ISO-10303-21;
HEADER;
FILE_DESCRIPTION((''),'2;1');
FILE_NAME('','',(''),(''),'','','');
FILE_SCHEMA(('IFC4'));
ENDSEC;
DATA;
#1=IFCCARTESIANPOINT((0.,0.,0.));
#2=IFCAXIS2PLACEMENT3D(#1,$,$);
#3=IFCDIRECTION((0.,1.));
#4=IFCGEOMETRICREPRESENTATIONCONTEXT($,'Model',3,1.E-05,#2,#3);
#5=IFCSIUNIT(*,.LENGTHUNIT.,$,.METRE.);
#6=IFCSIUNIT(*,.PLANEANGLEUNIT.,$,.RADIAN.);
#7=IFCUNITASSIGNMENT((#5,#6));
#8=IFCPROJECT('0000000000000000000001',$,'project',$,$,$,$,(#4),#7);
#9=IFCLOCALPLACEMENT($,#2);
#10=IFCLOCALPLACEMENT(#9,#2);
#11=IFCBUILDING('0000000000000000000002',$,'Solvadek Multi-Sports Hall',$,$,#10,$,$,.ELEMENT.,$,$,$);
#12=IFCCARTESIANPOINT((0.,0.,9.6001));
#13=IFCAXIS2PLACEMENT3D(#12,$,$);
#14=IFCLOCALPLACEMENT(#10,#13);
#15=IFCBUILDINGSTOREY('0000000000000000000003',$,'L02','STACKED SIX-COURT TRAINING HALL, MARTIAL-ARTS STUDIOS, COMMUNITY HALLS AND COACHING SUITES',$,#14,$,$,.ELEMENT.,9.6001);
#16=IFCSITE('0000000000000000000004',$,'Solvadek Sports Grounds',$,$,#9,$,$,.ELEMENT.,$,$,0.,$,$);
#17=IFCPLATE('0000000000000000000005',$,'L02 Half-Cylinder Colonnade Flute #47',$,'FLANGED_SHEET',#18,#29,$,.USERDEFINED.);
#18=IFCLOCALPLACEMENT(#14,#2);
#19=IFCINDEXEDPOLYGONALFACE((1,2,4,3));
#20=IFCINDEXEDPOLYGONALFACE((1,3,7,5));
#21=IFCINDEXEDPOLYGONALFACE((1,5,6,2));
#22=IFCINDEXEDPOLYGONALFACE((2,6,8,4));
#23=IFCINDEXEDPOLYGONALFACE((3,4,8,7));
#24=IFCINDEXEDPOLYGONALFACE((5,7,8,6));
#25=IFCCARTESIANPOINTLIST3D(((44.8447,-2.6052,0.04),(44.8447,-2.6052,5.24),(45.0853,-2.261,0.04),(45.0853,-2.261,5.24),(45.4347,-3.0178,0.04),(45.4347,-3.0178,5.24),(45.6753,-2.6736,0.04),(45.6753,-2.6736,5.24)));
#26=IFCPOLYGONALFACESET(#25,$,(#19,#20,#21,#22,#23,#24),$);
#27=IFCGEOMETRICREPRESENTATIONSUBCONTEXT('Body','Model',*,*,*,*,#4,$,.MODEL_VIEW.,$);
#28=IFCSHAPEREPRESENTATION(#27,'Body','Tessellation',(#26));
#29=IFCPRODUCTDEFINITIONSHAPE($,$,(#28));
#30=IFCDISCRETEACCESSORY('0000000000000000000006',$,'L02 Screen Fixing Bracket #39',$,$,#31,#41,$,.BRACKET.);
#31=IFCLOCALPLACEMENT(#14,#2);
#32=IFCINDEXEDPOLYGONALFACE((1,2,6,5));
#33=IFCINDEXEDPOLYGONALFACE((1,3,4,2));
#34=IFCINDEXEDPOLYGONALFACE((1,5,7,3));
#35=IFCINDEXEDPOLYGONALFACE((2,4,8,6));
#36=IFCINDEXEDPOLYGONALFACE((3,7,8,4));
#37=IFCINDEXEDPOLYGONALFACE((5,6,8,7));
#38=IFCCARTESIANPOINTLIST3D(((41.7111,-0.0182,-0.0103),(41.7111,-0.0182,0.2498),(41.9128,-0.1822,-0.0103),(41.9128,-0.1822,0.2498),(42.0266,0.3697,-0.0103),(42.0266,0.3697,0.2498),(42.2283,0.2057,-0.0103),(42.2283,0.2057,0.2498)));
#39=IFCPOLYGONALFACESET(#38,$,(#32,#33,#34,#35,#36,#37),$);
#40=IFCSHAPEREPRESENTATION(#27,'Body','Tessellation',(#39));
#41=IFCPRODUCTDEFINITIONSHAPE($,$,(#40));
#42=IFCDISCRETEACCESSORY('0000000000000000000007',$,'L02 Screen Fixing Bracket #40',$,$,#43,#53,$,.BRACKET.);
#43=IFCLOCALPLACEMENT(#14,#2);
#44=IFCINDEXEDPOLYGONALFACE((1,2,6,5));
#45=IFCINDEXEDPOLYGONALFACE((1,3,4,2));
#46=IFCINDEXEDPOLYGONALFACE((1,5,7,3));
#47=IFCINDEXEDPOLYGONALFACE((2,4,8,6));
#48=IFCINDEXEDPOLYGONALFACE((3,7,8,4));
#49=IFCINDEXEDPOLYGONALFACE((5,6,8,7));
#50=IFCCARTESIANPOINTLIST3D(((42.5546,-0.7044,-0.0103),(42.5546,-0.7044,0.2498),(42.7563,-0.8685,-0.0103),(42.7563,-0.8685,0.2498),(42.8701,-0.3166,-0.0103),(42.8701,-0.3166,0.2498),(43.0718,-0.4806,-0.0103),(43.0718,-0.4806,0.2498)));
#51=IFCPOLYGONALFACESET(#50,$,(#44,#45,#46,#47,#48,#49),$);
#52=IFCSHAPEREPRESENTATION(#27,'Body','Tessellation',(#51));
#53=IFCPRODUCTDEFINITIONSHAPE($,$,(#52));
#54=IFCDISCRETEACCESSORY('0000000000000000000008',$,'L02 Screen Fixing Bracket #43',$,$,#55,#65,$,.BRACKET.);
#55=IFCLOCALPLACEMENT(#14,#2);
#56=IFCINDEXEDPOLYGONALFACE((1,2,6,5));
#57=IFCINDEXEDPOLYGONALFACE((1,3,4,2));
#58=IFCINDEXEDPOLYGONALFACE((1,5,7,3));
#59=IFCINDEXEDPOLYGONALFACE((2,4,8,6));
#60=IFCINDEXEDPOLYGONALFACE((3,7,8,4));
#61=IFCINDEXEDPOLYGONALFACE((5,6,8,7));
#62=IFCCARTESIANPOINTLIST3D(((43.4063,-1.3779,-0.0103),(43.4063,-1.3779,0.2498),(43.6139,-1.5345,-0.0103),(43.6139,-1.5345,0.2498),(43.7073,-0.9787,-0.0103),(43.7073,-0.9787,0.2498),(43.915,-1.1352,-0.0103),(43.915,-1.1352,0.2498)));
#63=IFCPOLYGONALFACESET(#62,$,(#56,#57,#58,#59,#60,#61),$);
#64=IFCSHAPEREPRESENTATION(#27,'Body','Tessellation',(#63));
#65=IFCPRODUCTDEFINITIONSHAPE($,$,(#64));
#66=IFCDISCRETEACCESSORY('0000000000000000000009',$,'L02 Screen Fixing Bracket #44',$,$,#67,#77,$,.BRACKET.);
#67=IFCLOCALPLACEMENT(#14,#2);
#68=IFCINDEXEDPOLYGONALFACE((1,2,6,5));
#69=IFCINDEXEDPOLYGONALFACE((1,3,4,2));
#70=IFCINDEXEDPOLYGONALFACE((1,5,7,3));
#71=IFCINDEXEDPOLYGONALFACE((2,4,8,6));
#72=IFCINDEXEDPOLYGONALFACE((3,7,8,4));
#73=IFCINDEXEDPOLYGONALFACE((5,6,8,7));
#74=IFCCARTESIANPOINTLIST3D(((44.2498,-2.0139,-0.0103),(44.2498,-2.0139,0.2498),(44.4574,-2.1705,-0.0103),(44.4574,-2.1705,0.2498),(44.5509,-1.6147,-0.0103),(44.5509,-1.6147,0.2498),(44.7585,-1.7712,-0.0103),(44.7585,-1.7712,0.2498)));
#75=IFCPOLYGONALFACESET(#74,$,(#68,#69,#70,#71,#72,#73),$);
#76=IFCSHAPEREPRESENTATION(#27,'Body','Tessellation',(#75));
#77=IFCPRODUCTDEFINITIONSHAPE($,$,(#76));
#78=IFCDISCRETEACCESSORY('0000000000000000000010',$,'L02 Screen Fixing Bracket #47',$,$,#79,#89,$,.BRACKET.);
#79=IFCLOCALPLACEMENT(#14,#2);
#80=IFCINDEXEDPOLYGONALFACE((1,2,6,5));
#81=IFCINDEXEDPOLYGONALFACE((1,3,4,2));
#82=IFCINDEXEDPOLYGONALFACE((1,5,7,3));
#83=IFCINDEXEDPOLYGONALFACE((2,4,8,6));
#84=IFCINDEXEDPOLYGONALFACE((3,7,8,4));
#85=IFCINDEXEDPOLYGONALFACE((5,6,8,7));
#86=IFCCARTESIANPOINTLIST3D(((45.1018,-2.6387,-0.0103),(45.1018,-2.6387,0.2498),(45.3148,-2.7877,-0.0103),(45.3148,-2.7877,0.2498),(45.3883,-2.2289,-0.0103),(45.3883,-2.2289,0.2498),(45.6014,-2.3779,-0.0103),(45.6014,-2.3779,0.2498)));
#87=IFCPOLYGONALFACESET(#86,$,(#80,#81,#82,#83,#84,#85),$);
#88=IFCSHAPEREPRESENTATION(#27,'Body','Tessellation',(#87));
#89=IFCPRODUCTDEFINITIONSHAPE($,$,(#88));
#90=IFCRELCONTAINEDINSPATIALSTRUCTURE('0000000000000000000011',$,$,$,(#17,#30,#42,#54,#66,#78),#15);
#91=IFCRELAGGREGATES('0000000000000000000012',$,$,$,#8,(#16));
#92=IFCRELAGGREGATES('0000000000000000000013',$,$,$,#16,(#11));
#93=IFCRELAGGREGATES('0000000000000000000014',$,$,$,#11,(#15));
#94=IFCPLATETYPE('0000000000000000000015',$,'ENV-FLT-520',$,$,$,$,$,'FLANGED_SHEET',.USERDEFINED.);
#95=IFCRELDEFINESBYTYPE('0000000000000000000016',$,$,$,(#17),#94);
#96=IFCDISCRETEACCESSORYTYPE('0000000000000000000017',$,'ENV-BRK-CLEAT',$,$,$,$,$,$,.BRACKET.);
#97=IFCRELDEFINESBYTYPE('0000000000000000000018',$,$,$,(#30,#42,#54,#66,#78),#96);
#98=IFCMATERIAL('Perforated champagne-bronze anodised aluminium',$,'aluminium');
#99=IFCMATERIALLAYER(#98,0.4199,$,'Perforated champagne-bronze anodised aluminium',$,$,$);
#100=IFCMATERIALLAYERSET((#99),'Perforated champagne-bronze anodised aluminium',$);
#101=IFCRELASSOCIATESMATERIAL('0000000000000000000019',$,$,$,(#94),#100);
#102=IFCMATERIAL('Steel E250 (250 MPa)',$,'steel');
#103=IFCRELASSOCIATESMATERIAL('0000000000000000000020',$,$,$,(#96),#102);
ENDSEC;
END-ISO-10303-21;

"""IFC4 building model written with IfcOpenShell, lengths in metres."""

from ifc_helpers import new_model, si_unit, direction, frame, origin, origin_2d, place, context, subcontext, project, spatial, rectangle, extrude, material, layer, layer_set, type_object, element, save


model = new_model("IFC4")

# Units and contexts
model_context = context("Model", 3, precision=1e-05, world=origin(), true_north=direction((0.0, 1.0)))
body_context = subcontext(model_context, "Body", "Model", "MODEL_VIEW")
ifc_project = project(units=[si_unit("LENGTHUNIT", "METRE"), si_unit("PLANEANGLEUNIT", "RADIAN")], contexts=[model_context])

# Site, building, storey
site_placement = place(None, origin())
site = spatial("IfcSite", under=ifc_project, at=site_placement, Name="Solvadek Sports Grounds", CompositionType="ELEMENT", RefElevation=0.0)
building_placement = place(site_placement, origin())
building = spatial("IfcBuilding", under=site, at=building_placement, Name="Solvadek Multi-Sports Hall", CompositionType="ELEMENT")
storey_placement = place(building_placement, frame((0.0, 0.0, 9.6001)))
storey = spatial("IfcBuildingStorey", under=building, at=storey_placement, Name="L02", Description="STACKED SIX-COURT TRAINING HALL, MARTIAL-ARTS STUDIOS, COMMUNITY HALLS AND COACHING SUITES", CompositionType="ELEMENT", Elevation=9.6001)

# Plate
ifc_material_1 = material(Name="Perforated champagne-bronze anodised aluminium", Category="aluminium")
ifc_layer_1 = layer(ifc_material_1, 0.4199, Name="Perforated champagne-bronze anodised aluminium")
ifc_layer_set_1 = layer_set([ifc_layer_1], Name="Perforated champagne-bronze anodised aluminium")
plate_type_1 = type_object("IfcPlateType", Name="ENV-FLT-520", ElementType="FLANGED_SHEET", PredefinedType="USERDEFINED", material=ifc_layer_set_1)
for number, where, z_axis, x_axis, name in (
    (1, (45.26, -2.6394, 0.04), (0.0, 0.0, 1.0), (0.819513, -0.573061, 0.0), "L02 Half-Cylinder Colonnade Flute #47"),
):
    element("IfcPlate", number, at=place(storey_placement, frame(where, z_axis=z_axis, x_axis=x_axis)), inside=storey, type_object=plate_type_1, Name=name, ObjectType="FLANGED_SHEET", PredefinedType="USERDEFINED", context=body_context, shape_type="SweptSolid", body=[
        extrude(rectangle(XDim=0.72, YDim=0.4199, at=origin_2d()), origin(), (0.0, 0.0, 1.0), 5.2),
    ])

# Discrete accessories
ifc_material_2 = material(Name="Steel E250 (250 MPa)", Category="steel")
discrete_accessory_type = type_object("IfcDiscreteAccessoryType", Name="ENV-BRK-CLEAT", PredefinedType="BRACKET", material=ifc_material_2)
for number, where, z_axis, x_axis, name in (
    (2, (41.9697, 0.0938, -0.0103), (0.0, 0.0, 1.0), (0.775755, -0.631034, 0.0), "L02 Screen Fixing Bracket #39"),
    (3, (42.8132, -0.5925, -0.0103), (0.0, 0.0, 1.0), (0.775755, -0.631034, 0.0), "L02 Screen Fixing Bracket #40"),
    (4, (43.6606, -1.2566, -0.0103), (0.0, 0.0, 1.0), (0.798475, -0.602028, 0.0), "L02 Screen Fixing Bracket #43"),
    (5, (44.5042, -1.8926, -0.0103), (0.0, 0.0, 1.0), (0.798475, -0.602028, 0.0), "L02 Screen Fixing Bracket #44"),
    (6, (45.3516, -2.5083, -0.0103), (0.0, 0.0, 1.0), (0.819513, -0.573061, 0.0), "L02 Screen Fixing Bracket #47"),
):
    element("IfcDiscreteAccessory", number, at=place(storey_placement, frame(where, z_axis=z_axis, x_axis=x_axis)), inside=storey, type_object=discrete_accessory_type, Name=name, PredefinedType="BRACKET", context=body_context, shape_type="SweptSolid", body=[
        extrude(rectangle(XDim=0.26, YDim=0.5, at=origin_2d()), origin(), (0.0, 0.0, 1.0), 0.26),
    ])

save(model, "model.ifc")
